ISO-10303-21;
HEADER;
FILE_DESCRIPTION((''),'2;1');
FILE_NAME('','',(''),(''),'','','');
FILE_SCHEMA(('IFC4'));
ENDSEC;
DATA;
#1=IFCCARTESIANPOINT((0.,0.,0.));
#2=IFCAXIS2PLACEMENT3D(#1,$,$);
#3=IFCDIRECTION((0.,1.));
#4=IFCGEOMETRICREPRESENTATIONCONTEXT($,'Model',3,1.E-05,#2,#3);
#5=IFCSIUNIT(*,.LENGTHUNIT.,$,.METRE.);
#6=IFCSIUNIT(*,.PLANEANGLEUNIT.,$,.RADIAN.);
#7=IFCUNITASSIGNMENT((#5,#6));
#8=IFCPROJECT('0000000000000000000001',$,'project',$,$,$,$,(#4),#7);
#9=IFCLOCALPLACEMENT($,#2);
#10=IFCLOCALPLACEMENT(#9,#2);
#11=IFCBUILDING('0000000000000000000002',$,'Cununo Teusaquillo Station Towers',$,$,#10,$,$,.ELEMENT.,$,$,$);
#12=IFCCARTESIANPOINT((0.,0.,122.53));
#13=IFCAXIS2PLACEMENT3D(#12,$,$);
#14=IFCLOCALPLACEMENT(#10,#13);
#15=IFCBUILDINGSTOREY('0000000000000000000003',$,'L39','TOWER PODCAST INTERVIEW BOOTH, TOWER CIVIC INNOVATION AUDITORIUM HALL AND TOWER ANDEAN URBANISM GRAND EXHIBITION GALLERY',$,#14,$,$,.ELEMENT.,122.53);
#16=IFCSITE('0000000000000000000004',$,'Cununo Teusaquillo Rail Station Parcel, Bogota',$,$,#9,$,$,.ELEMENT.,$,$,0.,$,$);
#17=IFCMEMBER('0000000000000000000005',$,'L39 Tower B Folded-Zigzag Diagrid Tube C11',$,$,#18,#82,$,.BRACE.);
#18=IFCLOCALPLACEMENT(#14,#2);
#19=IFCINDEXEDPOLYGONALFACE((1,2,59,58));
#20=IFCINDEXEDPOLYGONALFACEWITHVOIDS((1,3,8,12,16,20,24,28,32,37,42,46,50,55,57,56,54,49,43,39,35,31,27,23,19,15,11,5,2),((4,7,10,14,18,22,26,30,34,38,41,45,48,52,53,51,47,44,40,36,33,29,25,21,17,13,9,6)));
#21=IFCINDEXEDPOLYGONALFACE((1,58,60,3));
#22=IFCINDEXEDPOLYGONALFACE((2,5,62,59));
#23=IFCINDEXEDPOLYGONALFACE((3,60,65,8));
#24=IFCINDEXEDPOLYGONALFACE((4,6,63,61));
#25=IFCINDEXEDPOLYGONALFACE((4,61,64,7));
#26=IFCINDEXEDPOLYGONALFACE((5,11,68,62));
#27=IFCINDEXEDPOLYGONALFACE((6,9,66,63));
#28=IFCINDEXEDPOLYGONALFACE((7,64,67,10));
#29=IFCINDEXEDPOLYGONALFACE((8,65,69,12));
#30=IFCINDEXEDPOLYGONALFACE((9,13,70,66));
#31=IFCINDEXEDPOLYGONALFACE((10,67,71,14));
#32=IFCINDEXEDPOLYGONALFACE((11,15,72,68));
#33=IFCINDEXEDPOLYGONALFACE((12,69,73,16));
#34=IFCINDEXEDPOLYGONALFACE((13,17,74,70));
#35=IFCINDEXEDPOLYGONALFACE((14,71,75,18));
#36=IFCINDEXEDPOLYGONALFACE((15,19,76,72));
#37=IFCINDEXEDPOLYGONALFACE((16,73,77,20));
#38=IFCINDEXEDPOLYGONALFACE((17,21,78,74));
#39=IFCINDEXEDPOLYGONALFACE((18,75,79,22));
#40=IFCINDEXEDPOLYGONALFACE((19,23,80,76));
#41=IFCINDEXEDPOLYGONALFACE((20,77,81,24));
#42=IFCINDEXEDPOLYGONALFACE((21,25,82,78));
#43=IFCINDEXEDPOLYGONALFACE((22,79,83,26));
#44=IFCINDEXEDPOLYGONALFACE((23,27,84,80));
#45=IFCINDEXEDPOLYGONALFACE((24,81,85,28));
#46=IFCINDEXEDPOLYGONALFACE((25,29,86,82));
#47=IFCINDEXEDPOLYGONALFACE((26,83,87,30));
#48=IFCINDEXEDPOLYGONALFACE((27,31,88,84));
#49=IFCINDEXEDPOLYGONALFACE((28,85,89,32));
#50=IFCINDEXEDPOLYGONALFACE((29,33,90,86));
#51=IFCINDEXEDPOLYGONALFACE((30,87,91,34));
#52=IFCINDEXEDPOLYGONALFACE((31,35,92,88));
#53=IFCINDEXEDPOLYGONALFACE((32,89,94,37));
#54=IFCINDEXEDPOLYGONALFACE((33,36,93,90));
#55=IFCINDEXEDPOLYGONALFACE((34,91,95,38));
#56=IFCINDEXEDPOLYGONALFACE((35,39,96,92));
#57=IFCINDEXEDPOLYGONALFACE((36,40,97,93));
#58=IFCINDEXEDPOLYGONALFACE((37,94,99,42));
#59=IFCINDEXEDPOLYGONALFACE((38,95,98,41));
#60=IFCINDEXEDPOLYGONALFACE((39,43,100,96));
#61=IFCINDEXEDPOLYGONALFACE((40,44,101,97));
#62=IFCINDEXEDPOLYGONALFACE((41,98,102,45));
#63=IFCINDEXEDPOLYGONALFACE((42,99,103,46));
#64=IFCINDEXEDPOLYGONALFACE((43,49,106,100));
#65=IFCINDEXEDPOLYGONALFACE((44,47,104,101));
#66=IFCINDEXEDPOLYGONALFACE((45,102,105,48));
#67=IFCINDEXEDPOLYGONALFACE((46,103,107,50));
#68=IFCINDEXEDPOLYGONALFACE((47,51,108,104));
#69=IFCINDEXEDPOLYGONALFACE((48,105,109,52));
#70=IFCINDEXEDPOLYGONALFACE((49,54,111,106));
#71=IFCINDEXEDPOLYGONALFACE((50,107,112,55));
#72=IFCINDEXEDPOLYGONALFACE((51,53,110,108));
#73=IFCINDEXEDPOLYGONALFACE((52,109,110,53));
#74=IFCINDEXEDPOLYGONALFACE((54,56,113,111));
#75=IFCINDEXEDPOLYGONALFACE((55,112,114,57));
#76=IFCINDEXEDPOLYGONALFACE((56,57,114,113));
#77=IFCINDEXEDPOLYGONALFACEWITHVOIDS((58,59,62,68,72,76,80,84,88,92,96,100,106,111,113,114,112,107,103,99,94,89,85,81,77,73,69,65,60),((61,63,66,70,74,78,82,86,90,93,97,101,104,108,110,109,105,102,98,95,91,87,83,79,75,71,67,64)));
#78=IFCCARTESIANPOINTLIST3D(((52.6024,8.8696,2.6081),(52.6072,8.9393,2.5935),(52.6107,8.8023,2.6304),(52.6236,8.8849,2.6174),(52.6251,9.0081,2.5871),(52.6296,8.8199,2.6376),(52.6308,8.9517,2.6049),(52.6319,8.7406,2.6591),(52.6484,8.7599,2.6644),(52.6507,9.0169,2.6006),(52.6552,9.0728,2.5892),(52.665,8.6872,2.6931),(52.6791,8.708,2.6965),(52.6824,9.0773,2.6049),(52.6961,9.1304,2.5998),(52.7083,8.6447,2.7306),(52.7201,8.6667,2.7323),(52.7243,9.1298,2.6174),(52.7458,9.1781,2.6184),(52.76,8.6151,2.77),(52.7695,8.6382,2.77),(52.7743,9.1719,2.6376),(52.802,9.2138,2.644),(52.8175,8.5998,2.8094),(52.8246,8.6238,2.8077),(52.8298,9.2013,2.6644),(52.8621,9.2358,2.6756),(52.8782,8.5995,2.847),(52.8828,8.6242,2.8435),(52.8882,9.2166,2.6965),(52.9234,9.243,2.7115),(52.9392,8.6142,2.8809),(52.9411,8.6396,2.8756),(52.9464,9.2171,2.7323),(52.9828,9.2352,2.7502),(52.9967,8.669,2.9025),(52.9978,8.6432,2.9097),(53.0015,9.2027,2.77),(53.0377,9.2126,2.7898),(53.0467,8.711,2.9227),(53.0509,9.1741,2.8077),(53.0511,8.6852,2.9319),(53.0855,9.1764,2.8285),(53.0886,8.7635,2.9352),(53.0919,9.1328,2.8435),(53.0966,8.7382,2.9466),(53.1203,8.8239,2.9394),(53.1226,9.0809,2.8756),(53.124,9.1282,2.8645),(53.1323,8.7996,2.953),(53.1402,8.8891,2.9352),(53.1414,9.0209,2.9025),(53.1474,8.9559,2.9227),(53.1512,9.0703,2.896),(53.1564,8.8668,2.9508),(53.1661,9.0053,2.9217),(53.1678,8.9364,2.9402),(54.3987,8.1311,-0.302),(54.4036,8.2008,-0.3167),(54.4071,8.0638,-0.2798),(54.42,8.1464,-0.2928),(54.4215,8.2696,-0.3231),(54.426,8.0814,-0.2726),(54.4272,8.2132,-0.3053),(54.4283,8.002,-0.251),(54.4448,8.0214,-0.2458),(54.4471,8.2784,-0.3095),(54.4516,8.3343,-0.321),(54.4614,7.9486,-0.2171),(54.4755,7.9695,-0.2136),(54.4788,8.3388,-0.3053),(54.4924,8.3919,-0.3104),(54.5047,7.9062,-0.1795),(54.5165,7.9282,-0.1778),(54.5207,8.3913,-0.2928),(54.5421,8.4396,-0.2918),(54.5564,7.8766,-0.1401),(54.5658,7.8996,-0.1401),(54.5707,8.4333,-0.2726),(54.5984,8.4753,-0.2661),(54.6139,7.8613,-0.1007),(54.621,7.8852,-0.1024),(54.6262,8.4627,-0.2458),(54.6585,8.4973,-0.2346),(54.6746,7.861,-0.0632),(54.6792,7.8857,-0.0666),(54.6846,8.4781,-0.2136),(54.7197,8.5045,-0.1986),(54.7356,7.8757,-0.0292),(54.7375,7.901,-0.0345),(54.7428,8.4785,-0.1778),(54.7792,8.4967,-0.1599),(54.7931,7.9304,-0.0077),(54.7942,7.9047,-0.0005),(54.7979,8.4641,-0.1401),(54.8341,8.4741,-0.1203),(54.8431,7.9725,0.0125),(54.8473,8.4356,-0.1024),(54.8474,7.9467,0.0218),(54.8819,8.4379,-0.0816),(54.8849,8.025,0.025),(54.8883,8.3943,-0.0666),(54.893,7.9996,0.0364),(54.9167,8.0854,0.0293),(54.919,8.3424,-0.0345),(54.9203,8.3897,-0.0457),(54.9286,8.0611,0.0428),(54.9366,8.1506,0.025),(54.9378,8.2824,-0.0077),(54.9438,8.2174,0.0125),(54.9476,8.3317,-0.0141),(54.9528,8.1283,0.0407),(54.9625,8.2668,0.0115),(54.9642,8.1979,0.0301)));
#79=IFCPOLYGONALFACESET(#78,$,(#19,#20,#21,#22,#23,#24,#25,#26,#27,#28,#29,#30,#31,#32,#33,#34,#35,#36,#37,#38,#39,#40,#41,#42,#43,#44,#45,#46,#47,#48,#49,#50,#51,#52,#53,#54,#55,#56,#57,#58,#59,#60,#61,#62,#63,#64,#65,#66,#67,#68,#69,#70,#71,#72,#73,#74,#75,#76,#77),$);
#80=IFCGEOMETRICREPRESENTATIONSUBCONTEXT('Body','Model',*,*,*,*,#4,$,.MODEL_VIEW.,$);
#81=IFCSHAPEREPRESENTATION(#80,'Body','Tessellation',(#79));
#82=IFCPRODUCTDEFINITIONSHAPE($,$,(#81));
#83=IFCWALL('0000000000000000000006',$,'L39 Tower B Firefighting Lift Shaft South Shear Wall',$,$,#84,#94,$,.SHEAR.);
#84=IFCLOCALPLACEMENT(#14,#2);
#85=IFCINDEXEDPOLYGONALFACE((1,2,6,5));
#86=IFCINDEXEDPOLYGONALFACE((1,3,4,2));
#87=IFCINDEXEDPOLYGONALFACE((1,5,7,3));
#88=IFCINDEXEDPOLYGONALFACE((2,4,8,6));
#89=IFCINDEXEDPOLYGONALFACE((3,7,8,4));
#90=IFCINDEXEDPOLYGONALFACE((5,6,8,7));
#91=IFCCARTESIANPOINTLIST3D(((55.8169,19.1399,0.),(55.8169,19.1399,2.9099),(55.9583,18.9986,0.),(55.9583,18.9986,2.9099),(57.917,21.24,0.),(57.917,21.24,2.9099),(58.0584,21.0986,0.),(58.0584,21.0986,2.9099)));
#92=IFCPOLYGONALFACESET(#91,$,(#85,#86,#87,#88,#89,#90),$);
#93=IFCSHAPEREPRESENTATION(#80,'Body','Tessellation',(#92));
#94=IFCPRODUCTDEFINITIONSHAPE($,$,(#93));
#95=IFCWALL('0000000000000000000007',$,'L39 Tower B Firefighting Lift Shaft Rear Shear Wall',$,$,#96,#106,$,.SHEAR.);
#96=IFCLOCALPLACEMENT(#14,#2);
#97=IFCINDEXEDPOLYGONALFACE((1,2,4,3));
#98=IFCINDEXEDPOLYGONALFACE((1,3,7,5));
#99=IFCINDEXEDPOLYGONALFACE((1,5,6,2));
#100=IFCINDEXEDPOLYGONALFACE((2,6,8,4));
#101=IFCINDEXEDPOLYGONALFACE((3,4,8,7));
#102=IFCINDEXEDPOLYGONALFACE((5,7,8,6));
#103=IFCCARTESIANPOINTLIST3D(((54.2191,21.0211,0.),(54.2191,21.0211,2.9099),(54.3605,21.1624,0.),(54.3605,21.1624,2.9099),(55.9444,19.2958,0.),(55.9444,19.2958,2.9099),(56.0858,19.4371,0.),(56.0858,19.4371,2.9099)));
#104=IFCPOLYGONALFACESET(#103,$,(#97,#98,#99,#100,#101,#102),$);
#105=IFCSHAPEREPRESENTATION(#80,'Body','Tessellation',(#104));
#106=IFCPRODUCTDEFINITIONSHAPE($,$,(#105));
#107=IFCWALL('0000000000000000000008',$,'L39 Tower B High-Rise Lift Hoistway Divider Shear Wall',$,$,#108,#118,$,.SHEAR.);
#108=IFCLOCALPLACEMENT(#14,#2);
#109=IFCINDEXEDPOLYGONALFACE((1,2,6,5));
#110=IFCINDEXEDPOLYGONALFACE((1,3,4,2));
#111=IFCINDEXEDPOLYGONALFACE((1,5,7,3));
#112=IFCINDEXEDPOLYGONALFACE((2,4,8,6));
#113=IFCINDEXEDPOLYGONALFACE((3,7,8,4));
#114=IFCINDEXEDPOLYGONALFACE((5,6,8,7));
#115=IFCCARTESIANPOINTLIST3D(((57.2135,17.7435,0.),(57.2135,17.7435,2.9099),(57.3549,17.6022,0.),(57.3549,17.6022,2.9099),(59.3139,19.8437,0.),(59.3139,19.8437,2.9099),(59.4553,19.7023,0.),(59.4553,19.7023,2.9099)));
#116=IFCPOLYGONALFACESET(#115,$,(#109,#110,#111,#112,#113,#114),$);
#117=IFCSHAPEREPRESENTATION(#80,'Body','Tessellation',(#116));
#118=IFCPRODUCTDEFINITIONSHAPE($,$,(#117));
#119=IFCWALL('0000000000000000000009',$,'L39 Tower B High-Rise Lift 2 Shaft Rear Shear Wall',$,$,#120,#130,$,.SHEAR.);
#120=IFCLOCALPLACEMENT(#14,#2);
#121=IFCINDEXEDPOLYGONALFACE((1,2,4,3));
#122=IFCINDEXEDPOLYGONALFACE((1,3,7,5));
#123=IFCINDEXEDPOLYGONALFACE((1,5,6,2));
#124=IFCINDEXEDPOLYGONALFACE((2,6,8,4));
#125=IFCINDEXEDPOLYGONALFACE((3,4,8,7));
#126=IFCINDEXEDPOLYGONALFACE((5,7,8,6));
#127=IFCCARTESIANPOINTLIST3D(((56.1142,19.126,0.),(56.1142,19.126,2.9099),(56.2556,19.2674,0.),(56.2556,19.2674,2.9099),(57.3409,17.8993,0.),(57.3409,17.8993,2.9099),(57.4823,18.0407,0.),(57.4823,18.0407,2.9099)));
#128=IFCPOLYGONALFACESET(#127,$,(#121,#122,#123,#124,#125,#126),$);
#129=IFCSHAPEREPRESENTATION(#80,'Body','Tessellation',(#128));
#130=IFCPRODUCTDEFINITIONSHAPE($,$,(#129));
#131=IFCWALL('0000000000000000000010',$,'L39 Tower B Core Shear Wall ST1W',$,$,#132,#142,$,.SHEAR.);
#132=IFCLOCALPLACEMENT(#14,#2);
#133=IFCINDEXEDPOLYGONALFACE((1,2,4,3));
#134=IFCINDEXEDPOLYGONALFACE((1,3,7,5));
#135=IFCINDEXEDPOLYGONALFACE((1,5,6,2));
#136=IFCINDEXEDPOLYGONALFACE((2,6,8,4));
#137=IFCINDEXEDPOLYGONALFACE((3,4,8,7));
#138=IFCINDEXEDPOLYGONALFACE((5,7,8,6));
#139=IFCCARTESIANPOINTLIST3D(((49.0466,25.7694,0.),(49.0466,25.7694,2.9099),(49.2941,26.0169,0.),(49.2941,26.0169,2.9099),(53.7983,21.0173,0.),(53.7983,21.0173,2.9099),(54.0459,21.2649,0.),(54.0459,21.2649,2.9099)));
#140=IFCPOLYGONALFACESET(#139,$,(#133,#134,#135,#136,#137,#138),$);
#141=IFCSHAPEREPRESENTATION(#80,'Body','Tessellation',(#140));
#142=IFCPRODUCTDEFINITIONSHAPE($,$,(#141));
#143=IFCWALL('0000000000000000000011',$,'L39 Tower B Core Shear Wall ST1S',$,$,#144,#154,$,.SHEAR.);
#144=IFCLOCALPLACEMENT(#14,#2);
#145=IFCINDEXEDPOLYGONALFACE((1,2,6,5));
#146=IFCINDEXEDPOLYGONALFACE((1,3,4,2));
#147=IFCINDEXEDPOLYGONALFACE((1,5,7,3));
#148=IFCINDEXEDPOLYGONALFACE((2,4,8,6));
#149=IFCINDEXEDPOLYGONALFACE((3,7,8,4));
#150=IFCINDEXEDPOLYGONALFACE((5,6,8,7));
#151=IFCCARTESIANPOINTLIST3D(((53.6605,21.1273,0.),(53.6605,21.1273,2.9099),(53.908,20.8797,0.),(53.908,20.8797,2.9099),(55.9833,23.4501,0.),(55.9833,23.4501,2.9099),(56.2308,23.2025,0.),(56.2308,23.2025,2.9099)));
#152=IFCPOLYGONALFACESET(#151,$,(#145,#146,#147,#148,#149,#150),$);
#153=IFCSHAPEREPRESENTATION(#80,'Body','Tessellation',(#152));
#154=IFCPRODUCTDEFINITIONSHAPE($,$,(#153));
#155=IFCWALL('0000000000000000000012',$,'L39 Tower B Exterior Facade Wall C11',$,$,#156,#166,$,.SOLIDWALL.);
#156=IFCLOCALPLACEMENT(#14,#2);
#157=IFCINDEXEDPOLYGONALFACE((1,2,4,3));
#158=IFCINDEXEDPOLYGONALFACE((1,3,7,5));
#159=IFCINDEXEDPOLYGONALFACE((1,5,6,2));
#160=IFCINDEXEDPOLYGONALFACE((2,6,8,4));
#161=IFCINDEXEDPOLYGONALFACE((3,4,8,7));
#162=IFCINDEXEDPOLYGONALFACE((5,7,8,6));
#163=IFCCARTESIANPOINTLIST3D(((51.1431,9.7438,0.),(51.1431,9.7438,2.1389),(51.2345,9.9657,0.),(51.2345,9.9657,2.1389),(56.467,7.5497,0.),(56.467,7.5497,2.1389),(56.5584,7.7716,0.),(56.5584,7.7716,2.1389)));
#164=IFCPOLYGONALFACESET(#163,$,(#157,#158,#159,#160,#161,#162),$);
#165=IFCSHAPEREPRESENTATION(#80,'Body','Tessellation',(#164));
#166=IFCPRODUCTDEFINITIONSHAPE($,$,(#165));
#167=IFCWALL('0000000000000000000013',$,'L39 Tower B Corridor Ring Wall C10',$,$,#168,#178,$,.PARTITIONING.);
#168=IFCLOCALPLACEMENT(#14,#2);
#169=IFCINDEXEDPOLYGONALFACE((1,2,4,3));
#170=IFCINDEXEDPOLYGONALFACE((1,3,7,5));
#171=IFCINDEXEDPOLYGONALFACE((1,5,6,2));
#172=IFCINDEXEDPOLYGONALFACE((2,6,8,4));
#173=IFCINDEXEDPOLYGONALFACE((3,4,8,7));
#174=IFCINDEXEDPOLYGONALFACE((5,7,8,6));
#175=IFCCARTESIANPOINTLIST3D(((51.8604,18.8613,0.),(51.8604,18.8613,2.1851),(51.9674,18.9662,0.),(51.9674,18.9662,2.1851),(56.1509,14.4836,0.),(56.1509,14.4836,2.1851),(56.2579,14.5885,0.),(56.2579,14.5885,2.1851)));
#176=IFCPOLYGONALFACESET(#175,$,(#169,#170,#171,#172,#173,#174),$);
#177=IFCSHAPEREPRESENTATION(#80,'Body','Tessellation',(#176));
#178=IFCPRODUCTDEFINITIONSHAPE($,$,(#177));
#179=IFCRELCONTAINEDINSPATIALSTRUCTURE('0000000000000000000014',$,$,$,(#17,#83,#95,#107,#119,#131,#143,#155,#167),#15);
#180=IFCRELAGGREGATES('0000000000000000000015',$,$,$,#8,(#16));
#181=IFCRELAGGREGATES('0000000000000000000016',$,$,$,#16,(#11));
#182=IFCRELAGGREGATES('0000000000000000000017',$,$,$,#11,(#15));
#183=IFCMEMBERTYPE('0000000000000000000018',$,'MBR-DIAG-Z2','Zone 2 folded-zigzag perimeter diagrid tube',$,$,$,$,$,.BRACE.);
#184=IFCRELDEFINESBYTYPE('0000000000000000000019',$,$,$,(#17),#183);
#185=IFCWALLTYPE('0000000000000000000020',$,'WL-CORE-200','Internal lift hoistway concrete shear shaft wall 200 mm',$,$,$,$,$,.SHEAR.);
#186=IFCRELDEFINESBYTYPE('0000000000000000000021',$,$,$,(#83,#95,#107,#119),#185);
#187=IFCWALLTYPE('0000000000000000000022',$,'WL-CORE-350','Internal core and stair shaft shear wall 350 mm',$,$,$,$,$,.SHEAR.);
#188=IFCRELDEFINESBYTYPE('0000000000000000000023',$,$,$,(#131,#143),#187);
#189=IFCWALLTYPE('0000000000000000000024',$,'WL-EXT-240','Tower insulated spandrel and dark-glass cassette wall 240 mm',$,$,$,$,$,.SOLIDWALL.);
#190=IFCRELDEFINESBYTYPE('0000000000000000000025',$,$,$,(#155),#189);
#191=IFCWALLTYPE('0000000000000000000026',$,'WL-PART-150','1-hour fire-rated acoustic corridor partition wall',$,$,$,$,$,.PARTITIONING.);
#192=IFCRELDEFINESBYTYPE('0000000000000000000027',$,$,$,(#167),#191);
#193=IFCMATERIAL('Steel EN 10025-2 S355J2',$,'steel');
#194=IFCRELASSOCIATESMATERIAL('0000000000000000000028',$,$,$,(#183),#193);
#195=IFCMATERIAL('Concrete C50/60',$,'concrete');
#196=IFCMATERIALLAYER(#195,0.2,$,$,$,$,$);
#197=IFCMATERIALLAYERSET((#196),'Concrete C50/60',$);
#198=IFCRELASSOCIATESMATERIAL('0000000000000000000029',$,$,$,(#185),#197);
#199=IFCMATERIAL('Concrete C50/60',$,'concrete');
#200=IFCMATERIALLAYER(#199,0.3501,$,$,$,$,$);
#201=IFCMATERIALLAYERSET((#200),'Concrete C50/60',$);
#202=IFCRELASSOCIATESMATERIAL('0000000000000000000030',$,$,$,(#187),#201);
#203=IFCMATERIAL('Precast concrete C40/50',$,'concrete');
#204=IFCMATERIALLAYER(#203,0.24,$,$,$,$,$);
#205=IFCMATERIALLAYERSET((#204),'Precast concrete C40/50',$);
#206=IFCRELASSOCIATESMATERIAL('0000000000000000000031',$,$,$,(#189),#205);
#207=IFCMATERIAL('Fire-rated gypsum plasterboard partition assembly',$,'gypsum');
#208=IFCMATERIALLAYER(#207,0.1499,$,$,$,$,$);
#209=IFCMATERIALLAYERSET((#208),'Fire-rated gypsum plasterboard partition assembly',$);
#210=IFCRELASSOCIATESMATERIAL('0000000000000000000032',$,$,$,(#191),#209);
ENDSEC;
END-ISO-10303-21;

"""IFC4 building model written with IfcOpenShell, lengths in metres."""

from ifc_helpers import new_model, si_unit, direction, frame, frame_2d, origin, origin_2d, place, context, subcontext, project, spatial, rectangle, hollow_circle, extrude, material, layer, layer_set, material_profile, profile_set, type_object, element, save


model = new_model("IFC4")

# Units and contexts
model_context = context("Model", 3, precision=1e-05, world=origin(), true_north=direction((0.0, 1.0)))
body_context = subcontext(model_context, "Body", "Model", "MODEL_VIEW")
ifc_project = project(units=[si_unit("LENGTHUNIT", "METRE"), si_unit("PLANEANGLEUNIT", "RADIAN")], contexts=[model_context])

# Site, building, storey
site_placement = place(None, origin())
site = spatial("IfcSite", under=ifc_project, at=site_placement, Name="Cununo Teusaquillo Rail Station Parcel, Bogota", CompositionType="ELEMENT", RefElevation=0.0)
building_placement = place(site_placement, origin())
building = spatial("IfcBuilding", under=site, at=building_placement, Name="Cununo Teusaquillo Station Towers", CompositionType="ELEMENT")
storey_placement = place(building_placement, frame((0.0, 0.0, 122.53)))
storey = spatial("IfcBuildingStorey", under=building, at=storey_placement, Name="L39", Description="TOWER PODCAST INTERVIEW BOOTH, TOWER CIVIC INNOVATION AUDITORIUM HALL AND TOWER ANDEAN URBANISM GRAND EXHIBITION GALLERY", CompositionType="ELEMENT", Elevation=122.53)

# Member
ifc_material_1 = material(Name="Steel EN 10025-2 S355J2", Category="steel")
ifc_material_profile_1 = material_profile(ifc_material_1, hollow_circle(Radius=0.3301, WallThickness=0.0249, at=origin_2d()), Name="CHS 660x25")
ifc_profile_set_1 = profile_set([ifc_material_profile_1], Name="Steel EN 10025-2 S355J2")
member_type = type_object("IfcMemberType", Name="MBR-DIAG-Z2", Description="Zone 2 folded-zigzag perimeter diagrid tube", PredefinedType="BRACE", material=ifc_profile_set_1)
member_placement = place(storey_placement, frame((54.6819, 8.1819, -0.1401), z_axis=(-0.513433, 0.211081, 0.831764), x_axis=(-0.380238, -0.924889, 0.0)))
element("IfcMember", 1, at=member_placement, inside=storey, type_object=member_type, Name="L39 Tower B Folded-Zigzag Diagrid Tube C11", PredefinedType="BRACE", context=body_context, shape_type="SweptSolid", body=[
    extrude(hollow_circle(Radius=0.3301, WallThickness=0.0249, at=origin_2d()), origin(), (0.0, 0.0, 1.0), 3.4988),
])

# Walls
ifc_material_2 = material(Name="Concrete C50/60", Category="concrete")
ifc_layer_1 = layer(ifc_material_2, 0.2)
ifc_layer_set_1 = layer_set([ifc_layer_1], Name="Concrete C50/60")
wall_type_1 = type_object("IfcWallType", Name="WL-CORE-200", Description="Internal lift hoistway concrete shear shaft wall 200 mm", PredefinedType="SHEAR", material=ifc_layer_set_1)
wall_1_placement = place(storey_placement, frame((55.8877, 19.0693, 0.0), z_axis=(0.0, 0.0, 1.0), x_axis=(0.707107, 0.707107, 0.0)))
element("IfcWall", 2, at=wall_1_placement, inside=storey, type_object=wall_type_1, Name="L39 Tower B Firefighting Lift Shaft South Shear Wall", PredefinedType="SHEAR", context=body_context, shape_type="SweptSolid", body=[
    extrude(rectangle(XDim=2.97, YDim=0.2, at=frame_2d((1.4849, 0.0))), origin(), (0.0, 0.0, 1.0), 2.9099),
])
wall_2_placement = place(storey_placement, frame((56.0151, 19.3665, 0.0), z_axis=(0.0, 0.0, 1.0), x_axis=(-0.707107, 0.707107, 0.0)))
element("IfcWall", 3, at=wall_2_placement, inside=storey, type_object=wall_type_1, Name="L39 Tower B Firefighting Lift Shaft Rear Shear Wall", PredefinedType="SHEAR", context=body_context, shape_type="SweptSolid", body=[
    extrude(rectangle(XDim=2.4399, YDim=0.2, at=frame_2d((1.22, 0.0))), origin(), (0.0, 0.0, 1.0), 2.9099),
])
wall_3_placement = place(storey_placement, frame((57.2842, 17.6729, 0.0), z_axis=(0.0, 0.0, 1.0), x_axis=(0.707148, 0.707066, 0.0)))
element("IfcWall", 4, at=wall_3_placement, inside=storey, type_object=wall_type_1, Name="L39 Tower B High-Rise Lift Hoistway Divider Shear Wall", PredefinedType="SHEAR", context=body_context, shape_type="SweptSolid", body=[
    extrude(rectangle(XDim=2.9702, YDim=0.2, at=frame_2d((1.4851, 0.0))), origin(), (0.0, 0.0, 1.0), 2.9099),
])
wall_4_placement = place(storey_placement, frame((57.4116, 17.97, 0.0), z_axis=(0.0, 0.0, 1.0), x_axis=(-0.707107, 0.707107, 0.0)))
element("IfcWall", 5, at=wall_4_placement, inside=storey, type_object=wall_type_1, Name="L39 Tower B High-Rise Lift 2 Shaft Rear Shear Wall", PredefinedType="SHEAR", context=body_context, shape_type="SweptSolid", body=[
    extrude(rectangle(XDim=1.7349, YDim=0.2, at=frame_2d((0.8674, 0.0))), origin(), (0.0, 0.0, 1.0), 2.9099),
])
ifc_material_3 = material(Name="Concrete C50/60", Category="concrete")
ifc_layer_2 = layer(ifc_material_3, 0.3501)
ifc_layer_set_2 = layer_set([ifc_layer_2], Name="Concrete C50/60")
wall_type_2 = type_object("IfcWallType", Name="WL-CORE-350", Description="Internal core and stair shaft shear wall 350 mm", PredefinedType="SHEAR", material=ifc_layer_set_2)
wall_5_placement = place(storey_placement, frame((53.9221, 21.1411, 0.0), z_axis=(0.0, 0.0, 1.0), x_axis=(-0.707089, 0.707125, 0.0)))
element("IfcWall", 6, at=wall_5_placement, inside=storey, type_object=wall_type_2, Name="L39 Tower B Core Shear Wall ST1W", PredefinedType="SHEAR", context=body_context, shape_type="SweptSolid", body=[
    extrude(rectangle(XDim=6.7202, YDim=0.3501, at=frame_2d((3.3601, 0.0))), origin(), (0.0, 0.0, 1.0), 2.9099),
])
wall_6_placement = place(storey_placement, frame((53.7842, 21.0034, 0.0), z_axis=(0.0, 0.0, 1.0), x_axis=(0.707107, 0.707107, 0.0)))
element("IfcWall", 7, at=wall_6_placement, inside=storey, type_object=wall_type_2, Name="L39 Tower B Core Shear Wall ST1S", PredefinedType="SHEAR", context=body_context, shape_type="SweptSolid", body=[
    extrude(rectangle(XDim=3.2849, YDim=0.3501, at=frame_2d((1.6426, 0.0))), origin(), (0.0, 0.0, 1.0), 2.9099),
])
ifc_material_4 = material(Name="Precast concrete C40/50", Category="concrete")
ifc_layer_3 = layer(ifc_material_4, 0.24)
ifc_layer_set_3 = layer_set([ifc_layer_3], Name="Precast concrete C40/50")
wall_type_3 = type_object("IfcWallType", Name="WL-EXT-240", Description="Tower insulated spandrel and dark-glass cassette wall 240 mm", PredefinedType="SOLIDWALL", material=ifc_layer_set_3)
wall_7_placement = place(storey_placement, frame((56.5127, 7.6606, 0.0), z_axis=(0.0, 0.0, 1.0), x_axis=(-0.924564, 0.381027, 0.0)))
element("IfcWall", 8, at=wall_7_placement, inside=storey, type_object=wall_type_3, Name="L39 Tower B Exterior Facade Wall C11", PredefinedType="SOLIDWALL", context=body_context, shape_type="SweptSolid", body=[
    extrude(rectangle(XDim=5.7583, YDim=0.24, at=frame_2d((2.8792, 0.0))), origin(), (0.0, 0.0, 1.0), 2.1389),
])
ifc_material_5 = material(Name="Fire-rated gypsum plasterboard partition assembly", Category="gypsum")
ifc_layer_4 = layer(ifc_material_5, 0.1499)
ifc_layer_set_4 = layer_set([ifc_layer_4], Name="Fire-rated gypsum plasterboard partition assembly")
wall_type_4 = type_object("IfcWallType", Name="WL-PART-150", Description="1-hour fire-rated acoustic corridor partition wall", PredefinedType="PARTITIONING", material=ifc_layer_set_4)
wall_8_placement = place(storey_placement, frame((51.9138, 18.9138, 0.0), z_axis=(0.0, 0.0, 1.0), x_axis=(0.699961, -0.714181, 0.0)))
element("IfcWall", 9, at=wall_8_placement, inside=storey, type_object=wall_type_4, Name="L39 Tower B Corridor Ring Wall C10", PredefinedType="PARTITIONING", context=body_context, shape_type="SweptSolid", body=[
    extrude(rectangle(XDim=6.1296, YDim=0.1499, at=frame_2d((3.0649, 0.0))), origin(), (0.0, 0.0, 1.0), 2.1851),
])

save(model, "model.ifc")
